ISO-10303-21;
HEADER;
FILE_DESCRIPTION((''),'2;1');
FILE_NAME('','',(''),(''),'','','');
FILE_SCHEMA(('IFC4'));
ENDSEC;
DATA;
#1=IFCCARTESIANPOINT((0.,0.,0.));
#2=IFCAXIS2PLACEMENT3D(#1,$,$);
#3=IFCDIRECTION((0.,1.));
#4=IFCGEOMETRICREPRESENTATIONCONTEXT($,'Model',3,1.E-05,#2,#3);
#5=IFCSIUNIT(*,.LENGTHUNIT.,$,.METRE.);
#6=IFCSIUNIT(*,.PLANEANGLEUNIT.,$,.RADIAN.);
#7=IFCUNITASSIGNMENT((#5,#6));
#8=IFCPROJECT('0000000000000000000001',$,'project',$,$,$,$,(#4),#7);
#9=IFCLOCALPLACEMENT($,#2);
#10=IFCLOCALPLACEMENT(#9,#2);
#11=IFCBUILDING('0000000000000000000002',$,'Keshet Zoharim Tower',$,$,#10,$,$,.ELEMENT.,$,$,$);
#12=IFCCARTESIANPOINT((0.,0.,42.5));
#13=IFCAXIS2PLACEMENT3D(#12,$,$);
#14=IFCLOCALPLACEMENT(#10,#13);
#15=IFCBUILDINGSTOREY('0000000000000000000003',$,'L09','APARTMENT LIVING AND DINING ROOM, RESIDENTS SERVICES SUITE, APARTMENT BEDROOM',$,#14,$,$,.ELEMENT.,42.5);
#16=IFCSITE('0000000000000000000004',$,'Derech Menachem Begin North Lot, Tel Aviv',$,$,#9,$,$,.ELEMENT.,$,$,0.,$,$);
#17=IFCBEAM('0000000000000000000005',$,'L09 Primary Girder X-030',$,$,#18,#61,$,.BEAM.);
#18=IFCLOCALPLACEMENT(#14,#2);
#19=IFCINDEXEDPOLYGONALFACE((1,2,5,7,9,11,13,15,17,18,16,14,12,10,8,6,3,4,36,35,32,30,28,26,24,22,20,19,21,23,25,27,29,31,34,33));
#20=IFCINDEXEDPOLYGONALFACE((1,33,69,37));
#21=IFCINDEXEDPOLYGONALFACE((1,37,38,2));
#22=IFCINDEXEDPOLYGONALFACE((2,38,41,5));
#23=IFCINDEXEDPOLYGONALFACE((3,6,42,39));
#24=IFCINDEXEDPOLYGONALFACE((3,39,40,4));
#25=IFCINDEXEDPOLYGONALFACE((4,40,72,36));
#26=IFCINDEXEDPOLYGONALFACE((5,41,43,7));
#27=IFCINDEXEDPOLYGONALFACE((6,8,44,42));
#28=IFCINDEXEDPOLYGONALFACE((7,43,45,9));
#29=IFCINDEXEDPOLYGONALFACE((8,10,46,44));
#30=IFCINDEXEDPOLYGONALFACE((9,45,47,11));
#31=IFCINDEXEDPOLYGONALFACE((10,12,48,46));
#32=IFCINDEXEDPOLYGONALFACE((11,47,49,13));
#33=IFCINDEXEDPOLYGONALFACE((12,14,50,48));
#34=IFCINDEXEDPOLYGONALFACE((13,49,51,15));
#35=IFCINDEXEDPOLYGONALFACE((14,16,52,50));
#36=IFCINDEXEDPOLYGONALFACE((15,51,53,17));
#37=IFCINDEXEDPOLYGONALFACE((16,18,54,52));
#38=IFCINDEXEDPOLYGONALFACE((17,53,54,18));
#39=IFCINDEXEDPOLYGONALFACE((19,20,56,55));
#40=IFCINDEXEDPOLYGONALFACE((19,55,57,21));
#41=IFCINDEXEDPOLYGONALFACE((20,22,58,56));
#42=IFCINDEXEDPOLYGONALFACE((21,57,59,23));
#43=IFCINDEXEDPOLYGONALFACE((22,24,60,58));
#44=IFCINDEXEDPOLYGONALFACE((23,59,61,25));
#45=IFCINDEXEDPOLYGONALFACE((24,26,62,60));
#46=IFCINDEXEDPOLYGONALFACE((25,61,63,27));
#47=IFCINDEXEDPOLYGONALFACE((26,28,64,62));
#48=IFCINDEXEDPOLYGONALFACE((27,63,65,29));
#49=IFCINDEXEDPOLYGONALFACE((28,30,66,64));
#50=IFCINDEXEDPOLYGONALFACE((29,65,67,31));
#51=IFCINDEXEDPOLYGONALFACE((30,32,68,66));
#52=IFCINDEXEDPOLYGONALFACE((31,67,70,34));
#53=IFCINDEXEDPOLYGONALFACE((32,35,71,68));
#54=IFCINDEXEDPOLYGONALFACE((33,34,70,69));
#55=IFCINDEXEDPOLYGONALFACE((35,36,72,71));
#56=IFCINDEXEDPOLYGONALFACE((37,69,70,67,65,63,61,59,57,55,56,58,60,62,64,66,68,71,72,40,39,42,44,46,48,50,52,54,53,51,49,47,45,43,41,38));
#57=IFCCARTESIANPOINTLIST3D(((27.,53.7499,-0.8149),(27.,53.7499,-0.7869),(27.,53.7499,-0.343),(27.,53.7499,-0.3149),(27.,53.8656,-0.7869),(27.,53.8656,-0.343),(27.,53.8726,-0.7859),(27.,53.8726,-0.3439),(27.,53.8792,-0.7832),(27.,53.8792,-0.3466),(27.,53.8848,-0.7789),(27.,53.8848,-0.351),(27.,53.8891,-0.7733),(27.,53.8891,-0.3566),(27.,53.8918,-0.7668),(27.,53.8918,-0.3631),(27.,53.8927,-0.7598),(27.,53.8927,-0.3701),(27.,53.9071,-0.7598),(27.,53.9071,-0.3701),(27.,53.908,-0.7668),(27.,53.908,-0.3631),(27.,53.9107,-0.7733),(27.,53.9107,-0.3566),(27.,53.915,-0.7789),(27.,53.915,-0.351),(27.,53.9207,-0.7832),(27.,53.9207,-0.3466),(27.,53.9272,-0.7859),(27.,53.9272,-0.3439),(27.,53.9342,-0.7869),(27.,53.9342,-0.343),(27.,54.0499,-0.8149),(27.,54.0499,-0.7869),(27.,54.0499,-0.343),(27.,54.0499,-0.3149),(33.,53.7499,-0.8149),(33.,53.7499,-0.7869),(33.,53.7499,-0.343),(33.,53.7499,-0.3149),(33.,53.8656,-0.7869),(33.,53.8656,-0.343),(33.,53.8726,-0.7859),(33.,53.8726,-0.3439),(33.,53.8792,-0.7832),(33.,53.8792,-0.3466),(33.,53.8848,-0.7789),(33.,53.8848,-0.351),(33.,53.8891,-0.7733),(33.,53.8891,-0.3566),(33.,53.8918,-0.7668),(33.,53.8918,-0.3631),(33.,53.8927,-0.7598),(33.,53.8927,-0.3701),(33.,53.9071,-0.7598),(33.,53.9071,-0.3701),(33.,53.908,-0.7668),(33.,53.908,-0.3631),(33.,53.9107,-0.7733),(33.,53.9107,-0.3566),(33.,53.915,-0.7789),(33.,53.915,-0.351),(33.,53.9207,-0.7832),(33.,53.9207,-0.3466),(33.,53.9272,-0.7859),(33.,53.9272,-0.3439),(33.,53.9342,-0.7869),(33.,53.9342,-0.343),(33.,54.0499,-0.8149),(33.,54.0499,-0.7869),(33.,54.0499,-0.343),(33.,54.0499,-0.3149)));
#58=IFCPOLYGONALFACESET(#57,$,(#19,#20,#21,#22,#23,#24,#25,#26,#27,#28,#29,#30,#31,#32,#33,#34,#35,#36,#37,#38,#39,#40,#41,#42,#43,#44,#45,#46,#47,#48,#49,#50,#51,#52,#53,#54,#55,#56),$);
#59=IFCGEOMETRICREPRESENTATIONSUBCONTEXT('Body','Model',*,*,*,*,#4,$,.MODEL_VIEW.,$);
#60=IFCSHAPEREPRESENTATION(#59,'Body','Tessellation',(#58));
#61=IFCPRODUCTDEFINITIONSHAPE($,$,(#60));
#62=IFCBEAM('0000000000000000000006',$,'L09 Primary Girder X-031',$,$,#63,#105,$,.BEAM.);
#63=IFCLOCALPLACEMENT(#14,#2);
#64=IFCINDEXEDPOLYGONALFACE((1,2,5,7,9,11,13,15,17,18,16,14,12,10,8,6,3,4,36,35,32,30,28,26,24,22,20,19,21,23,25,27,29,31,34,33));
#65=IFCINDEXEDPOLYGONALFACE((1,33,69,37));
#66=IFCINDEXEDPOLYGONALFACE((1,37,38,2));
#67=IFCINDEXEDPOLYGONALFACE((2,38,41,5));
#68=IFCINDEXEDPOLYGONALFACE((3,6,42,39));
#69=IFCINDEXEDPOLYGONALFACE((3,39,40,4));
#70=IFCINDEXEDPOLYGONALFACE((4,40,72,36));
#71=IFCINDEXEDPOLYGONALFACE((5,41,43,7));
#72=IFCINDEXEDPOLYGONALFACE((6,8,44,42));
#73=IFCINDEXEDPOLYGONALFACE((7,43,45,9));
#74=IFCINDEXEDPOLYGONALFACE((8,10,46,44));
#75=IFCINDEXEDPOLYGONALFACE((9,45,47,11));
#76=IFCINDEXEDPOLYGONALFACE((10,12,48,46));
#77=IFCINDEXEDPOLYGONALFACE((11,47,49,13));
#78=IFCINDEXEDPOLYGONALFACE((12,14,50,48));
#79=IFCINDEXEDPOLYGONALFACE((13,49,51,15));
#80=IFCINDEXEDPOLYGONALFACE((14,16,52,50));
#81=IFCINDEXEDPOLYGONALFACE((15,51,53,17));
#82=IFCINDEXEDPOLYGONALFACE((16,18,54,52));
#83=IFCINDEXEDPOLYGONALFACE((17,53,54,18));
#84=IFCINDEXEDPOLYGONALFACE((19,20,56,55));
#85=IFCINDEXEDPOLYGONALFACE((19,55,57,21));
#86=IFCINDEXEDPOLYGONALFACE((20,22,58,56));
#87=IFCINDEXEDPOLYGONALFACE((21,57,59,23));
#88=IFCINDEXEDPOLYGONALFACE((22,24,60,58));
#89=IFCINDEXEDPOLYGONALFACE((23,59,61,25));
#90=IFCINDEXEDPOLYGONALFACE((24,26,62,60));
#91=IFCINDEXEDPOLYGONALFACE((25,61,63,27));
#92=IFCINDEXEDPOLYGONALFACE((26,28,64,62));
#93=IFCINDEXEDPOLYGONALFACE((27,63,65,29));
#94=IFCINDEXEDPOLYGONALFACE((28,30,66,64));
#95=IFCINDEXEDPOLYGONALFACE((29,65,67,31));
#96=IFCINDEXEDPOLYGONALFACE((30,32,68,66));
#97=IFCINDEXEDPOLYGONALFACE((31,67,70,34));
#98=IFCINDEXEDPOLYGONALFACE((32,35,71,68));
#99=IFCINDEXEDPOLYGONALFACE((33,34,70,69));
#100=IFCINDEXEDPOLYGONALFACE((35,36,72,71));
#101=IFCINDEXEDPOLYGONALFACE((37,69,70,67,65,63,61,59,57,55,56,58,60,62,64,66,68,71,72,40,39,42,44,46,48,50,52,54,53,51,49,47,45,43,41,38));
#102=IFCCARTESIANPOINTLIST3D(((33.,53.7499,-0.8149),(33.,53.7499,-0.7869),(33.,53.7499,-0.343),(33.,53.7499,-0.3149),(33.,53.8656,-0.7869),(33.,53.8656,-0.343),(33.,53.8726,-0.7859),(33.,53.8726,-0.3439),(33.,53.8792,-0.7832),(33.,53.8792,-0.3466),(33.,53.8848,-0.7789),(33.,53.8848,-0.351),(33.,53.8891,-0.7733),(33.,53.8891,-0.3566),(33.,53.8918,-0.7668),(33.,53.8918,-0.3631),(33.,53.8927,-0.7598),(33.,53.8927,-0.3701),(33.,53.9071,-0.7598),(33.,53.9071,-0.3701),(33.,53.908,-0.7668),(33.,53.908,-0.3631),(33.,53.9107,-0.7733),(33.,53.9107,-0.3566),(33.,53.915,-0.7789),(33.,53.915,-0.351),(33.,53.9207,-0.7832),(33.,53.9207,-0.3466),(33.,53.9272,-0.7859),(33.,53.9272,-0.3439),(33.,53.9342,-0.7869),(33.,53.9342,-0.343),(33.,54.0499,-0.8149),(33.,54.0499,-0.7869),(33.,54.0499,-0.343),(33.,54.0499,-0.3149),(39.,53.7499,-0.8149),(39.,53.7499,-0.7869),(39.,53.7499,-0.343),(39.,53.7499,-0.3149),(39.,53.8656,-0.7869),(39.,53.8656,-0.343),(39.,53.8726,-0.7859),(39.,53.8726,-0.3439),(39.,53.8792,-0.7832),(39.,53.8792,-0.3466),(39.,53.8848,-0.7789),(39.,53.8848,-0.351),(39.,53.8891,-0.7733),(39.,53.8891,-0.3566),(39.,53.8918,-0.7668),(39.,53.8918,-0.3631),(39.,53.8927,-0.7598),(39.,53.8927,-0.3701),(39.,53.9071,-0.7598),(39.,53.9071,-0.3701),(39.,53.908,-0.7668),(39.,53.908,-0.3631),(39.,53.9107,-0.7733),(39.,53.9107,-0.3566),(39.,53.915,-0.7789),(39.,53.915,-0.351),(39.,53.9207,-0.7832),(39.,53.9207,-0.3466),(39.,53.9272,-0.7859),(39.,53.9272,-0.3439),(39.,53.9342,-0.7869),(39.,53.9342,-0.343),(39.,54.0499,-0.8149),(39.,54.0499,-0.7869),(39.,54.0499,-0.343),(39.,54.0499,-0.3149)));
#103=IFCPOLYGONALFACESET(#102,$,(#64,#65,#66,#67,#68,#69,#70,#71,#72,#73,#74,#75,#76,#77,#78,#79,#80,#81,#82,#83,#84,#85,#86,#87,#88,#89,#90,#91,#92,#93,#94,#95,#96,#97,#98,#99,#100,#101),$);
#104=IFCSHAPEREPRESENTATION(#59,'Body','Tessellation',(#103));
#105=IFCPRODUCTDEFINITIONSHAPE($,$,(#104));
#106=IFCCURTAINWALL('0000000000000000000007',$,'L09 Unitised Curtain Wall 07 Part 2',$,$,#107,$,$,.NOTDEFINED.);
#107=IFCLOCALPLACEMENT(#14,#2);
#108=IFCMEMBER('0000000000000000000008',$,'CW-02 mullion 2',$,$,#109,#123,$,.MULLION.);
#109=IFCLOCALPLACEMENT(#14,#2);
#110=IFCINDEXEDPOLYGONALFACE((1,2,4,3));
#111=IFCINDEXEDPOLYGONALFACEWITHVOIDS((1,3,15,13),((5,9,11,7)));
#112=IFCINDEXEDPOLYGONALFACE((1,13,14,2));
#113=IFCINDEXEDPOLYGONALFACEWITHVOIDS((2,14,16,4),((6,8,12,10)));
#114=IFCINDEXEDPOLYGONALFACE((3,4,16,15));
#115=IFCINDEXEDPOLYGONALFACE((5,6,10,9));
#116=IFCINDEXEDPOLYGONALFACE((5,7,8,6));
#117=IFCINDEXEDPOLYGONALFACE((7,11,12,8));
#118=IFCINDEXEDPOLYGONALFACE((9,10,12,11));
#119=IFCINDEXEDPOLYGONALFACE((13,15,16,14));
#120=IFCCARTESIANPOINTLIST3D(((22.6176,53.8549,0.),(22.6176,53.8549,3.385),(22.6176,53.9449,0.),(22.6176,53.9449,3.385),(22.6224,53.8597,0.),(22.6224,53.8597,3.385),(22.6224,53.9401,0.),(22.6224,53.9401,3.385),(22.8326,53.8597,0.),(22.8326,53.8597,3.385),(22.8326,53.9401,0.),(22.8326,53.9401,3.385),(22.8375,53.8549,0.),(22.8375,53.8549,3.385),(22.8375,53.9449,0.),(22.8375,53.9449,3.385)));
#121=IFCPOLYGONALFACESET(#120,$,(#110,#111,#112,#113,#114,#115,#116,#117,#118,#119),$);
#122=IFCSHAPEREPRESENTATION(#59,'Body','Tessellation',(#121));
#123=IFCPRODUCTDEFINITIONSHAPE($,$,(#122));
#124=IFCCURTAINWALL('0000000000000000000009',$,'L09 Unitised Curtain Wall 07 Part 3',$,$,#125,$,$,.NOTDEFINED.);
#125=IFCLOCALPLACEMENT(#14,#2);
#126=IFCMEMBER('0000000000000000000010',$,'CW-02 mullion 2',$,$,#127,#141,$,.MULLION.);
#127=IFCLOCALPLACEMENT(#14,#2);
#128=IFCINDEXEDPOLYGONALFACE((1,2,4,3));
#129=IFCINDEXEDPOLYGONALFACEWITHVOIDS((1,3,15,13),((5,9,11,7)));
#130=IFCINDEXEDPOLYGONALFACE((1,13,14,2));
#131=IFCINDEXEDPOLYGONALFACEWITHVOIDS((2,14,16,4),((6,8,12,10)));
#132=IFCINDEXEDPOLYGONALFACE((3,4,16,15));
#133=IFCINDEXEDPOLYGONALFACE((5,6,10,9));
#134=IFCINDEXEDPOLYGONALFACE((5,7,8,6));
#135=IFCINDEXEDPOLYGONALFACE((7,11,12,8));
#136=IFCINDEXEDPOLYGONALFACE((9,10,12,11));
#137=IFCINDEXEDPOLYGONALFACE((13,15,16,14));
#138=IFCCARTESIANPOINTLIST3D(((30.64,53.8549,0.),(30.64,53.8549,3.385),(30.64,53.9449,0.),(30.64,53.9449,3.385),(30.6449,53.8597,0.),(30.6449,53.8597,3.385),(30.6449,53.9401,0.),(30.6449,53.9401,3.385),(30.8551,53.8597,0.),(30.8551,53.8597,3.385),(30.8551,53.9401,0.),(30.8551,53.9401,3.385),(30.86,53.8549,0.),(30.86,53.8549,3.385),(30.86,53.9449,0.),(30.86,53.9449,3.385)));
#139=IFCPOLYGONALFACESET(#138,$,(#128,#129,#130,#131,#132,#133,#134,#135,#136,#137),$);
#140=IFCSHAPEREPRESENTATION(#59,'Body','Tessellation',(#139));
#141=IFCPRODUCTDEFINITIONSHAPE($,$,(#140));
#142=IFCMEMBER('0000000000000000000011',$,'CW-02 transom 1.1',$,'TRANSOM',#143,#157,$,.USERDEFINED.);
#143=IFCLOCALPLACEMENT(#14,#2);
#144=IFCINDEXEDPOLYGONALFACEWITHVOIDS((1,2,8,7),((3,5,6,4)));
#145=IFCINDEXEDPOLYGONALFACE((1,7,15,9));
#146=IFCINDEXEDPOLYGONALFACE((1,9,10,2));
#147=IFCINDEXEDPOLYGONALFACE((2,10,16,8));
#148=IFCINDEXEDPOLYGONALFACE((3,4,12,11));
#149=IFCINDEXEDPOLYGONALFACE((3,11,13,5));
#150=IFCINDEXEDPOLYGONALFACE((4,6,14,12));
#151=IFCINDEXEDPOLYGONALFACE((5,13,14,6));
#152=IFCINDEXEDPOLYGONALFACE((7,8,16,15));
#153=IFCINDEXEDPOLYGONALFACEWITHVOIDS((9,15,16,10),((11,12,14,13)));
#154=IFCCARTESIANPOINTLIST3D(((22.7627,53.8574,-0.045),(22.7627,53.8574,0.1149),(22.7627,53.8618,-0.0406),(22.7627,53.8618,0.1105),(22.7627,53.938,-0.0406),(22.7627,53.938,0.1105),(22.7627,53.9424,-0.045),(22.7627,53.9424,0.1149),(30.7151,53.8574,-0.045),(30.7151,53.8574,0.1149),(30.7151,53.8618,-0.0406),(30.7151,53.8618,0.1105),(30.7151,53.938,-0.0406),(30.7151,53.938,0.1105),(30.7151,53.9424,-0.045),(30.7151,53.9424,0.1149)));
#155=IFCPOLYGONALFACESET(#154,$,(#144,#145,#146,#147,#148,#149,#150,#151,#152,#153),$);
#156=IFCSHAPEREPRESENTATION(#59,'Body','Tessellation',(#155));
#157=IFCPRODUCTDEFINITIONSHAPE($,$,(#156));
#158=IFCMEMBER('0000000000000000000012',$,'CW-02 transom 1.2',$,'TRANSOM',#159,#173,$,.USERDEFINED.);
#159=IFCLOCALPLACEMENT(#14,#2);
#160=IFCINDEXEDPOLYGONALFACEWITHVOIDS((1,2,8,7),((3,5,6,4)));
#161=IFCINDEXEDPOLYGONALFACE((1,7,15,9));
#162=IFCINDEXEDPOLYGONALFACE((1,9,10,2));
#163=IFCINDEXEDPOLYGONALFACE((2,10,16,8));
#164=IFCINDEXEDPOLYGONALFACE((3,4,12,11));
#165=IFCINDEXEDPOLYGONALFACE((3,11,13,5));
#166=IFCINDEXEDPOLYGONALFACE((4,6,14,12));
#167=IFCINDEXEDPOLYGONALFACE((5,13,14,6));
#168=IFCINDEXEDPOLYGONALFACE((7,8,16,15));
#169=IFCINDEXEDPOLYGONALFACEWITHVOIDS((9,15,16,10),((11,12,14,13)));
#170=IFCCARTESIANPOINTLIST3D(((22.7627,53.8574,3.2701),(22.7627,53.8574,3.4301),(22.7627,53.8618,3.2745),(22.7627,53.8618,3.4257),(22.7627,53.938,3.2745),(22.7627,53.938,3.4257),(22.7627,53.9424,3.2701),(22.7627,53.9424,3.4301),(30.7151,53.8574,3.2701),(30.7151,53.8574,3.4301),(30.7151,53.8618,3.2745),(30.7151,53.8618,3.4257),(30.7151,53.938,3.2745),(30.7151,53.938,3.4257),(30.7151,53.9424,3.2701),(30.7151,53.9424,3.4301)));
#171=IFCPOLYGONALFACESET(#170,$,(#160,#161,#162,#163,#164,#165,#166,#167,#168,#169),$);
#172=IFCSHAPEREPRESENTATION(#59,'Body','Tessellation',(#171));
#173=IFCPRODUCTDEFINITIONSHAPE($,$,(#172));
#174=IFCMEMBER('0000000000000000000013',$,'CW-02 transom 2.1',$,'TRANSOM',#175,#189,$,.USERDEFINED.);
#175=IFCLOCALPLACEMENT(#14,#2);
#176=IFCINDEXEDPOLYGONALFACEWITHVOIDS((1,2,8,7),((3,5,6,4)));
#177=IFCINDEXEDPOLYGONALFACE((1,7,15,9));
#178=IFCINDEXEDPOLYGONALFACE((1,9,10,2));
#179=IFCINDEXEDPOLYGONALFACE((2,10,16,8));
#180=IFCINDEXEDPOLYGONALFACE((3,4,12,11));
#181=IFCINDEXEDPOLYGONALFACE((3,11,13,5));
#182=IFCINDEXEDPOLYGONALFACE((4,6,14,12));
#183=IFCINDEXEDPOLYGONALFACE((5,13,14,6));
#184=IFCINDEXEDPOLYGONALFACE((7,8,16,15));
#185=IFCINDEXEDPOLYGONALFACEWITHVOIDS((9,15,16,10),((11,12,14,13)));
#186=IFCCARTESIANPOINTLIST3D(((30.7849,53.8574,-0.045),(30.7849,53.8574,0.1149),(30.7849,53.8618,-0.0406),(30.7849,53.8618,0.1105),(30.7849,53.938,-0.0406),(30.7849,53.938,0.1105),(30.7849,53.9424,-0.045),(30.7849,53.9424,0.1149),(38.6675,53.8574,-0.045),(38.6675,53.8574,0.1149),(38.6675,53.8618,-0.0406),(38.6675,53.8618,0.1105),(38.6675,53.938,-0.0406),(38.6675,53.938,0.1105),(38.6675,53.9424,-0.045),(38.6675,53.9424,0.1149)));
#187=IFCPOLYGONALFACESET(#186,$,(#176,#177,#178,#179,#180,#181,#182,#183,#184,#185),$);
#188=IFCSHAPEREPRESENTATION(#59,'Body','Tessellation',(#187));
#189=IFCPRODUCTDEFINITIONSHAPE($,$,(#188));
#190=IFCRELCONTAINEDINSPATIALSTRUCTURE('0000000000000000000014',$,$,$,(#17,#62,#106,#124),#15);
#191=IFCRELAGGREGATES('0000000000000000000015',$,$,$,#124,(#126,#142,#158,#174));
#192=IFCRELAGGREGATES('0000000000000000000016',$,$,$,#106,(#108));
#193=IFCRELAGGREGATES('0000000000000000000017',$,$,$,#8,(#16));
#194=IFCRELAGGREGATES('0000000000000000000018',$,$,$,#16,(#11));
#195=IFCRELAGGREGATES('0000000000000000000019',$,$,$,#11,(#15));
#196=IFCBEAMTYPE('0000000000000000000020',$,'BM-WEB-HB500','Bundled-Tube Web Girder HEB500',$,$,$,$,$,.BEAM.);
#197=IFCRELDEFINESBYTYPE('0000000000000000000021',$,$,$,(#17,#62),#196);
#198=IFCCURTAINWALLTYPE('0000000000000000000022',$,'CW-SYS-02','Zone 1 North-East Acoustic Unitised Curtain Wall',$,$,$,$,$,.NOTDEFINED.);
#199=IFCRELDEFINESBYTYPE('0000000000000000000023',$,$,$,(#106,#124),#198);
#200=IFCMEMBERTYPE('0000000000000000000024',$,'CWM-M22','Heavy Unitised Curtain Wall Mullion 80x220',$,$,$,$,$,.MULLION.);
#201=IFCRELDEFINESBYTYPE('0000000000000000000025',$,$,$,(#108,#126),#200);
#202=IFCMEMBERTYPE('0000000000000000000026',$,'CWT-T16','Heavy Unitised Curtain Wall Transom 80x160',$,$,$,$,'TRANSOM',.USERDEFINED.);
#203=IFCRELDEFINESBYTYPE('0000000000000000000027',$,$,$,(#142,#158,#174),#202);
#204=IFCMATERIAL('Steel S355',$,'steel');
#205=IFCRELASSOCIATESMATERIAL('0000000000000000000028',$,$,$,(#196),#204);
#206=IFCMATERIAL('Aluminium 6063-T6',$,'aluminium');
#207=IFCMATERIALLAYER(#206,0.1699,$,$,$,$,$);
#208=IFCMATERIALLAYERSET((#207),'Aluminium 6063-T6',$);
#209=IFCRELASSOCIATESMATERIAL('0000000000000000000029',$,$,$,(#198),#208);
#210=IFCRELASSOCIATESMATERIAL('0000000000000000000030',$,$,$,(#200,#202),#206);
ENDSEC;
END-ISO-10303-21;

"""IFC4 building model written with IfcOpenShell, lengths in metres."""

from ifc_helpers import new_model, si_unit, direction, frame, origin, origin_2d, place, context, subcontext, project, spatial, hollow_rectangle, i_section, extrude, material, layer, layer_set, material_profile, profile_set, type_object, element, aggregate, save


model = new_model("IFC4")

# Units and contexts
model_context = context("Model", 3, precision=1e-05, world=origin(), true_north=direction((0.0, 1.0)))
body_context = subcontext(model_context, "Body", "Model", "MODEL_VIEW")
ifc_project = project(units=[si_unit("LENGTHUNIT", "METRE"), si_unit("PLANEANGLEUNIT", "RADIAN")], contexts=[model_context])

# Site, building, storey
site_placement = place(None, origin())
site = spatial("IfcSite", under=ifc_project, at=site_placement, Name="Derech Menachem Begin North Lot, Tel Aviv", CompositionType="ELEMENT", RefElevation=0.0)
building_placement = place(site_placement, origin())
building = spatial("IfcBuilding", under=site, at=building_placement, Name="Keshet Zoharim Tower", CompositionType="ELEMENT")
storey_placement = place(building_placement, frame((0.0, 0.0, 42.5)))
storey = spatial("IfcBuildingStorey", under=building, at=storey_placement, Name="L09", Description="APARTMENT LIVING AND DINING ROOM, RESIDENTS SERVICES SUITE, APARTMENT BEDROOM", CompositionType="ELEMENT", Elevation=42.5)

# Shared definitions
ifc_material_1 = material(Name="Steel S355", Category="steel")

# Beams
ifc_material_profile_1 = material_profile(ifc_material_1, i_section(OverallWidth=0.3, OverallDepth=0.5, WebThickness=0.0144, FlangeThickness=0.0281, FilletRadius=0.0271, at=origin_2d()), Name="HEB500")
ifc_profile_set_1 = profile_set([ifc_material_profile_1], Name="Steel S355")
beam_type = type_object("IfcBeamType", Name="BM-WEB-HB500", Description="Bundled-Tube Web Girder HEB500", PredefinedType="BEAM", material=ifc_profile_set_1)
for number, where, z_axis, x_axis, name in (
    (1, (27.0, 53.8999, -0.5649), (1.0, 0.0, 0.0), (0.0, 1.0, 0.0), "L09 Primary Girder X-030"),
    (2, (33.0, 53.8999, -0.5649), (1.0, 0.0, 0.0), (0.0, 1.0, 0.0), "L09 Primary Girder X-031"),
):
    element("IfcBeam", number, at=place(storey_placement, frame(where, z_axis=z_axis, x_axis=x_axis)), inside=storey, type_object=beam_type, Name=name, PredefinedType="BEAM", context=body_context, shape_type="SweptSolid", body=[
        extrude(i_section(OverallWidth=0.3, OverallDepth=0.5, WebThickness=0.0144, FlangeThickness=0.0281, FilletRadius=0.0271, at=origin_2d()), origin(), (0.0, 0.0, 1.0), 6.0),
    ])

# Curtain wall, member
ifc_material_2 = material(Name="Aluminium 6063-T6", Category="aluminium")
ifc_layer_1 = layer(ifc_material_2, 0.1699)
ifc_layer_set_1 = layer_set([ifc_layer_1], Name="Aluminium 6063-T6")
curtain_wall_type = type_object("IfcCurtainWallType", Name="CW-SYS-02", Description="Zone 1 North-East Acoustic Unitised Curtain Wall", PredefinedType="NOTDEFINED", material=ifc_layer_set_1)
curtain_wall_1_placement = place(storey_placement, origin())
curtain_wall_1 = element("IfcCurtainWall", 3, at=curtain_wall_1_placement, inside=storey, type_object=curtain_wall_type, Name="L09 Unitised Curtain Wall 07 Part 2", PredefinedType="NOTDEFINED")
ifc_material_profile_2 = material_profile(ifc_material_2, hollow_rectangle(XDim=0.0901, YDim=0.22, WallThickness=0.0049, at=origin_2d()), Name="MUL-90x220")
ifc_profile_set_2 = profile_set([ifc_material_profile_2], Name="Aluminium 6063-T6")
member_type_1 = type_object("IfcMemberType", Name="CWM-M22", Description="Heavy Unitised Curtain Wall Mullion 80x220", PredefinedType="MULLION", material=ifc_profile_set_2)
member_1_placement = place(storey_placement, frame((22.7275, 53.8999, 0.0), z_axis=(0.0, 0.0, 1.0), x_axis=(0.0, 1.0, 0.0)))
member_1 = element("IfcMember", 4, at=member_1_placement, type_object=member_type_1, Name="CW-02 mullion 2", PredefinedType="MULLION", context=body_context, shape_type="SweptSolid", body=[
    extrude(hollow_rectangle(XDim=0.0901, YDim=0.22, WallThickness=0.0049, at=origin_2d()), origin(), (0.0, 0.0, 1.0), 3.385),
])

# Curtain wall, members
curtain_wall_2_placement = place(storey_placement, origin())
curtain_wall_2 = element("IfcCurtainWall", 5, at=curtain_wall_2_placement, inside=storey, type_object=curtain_wall_type, Name="L09 Unitised Curtain Wall 07 Part 3", PredefinedType="NOTDEFINED")
member_2_placement = place(storey_placement, frame((30.75, 53.8999, 0.0), z_axis=(0.0, 0.0, 1.0), x_axis=(0.0, 1.0, 0.0)))
member_2 = element("IfcMember", 6, at=member_2_placement, type_object=member_type_1, Name="CW-02 mullion 2", PredefinedType="MULLION", context=body_context, shape_type="SweptSolid", body=[
    extrude(hollow_rectangle(XDim=0.0901, YDim=0.22, WallThickness=0.0049, at=origin_2d()), origin(), (0.0, 0.0, 1.0), 3.385),
])
ifc_material_profile_3 = material_profile(ifc_material_2, hollow_rectangle(XDim=0.085, YDim=0.1599, WallThickness=0.0044, at=origin_2d()), Name="TRN-85x160")
ifc_profile_set_3 = profile_set([ifc_material_profile_3], Name="Aluminium 6063-T6")
member_type_2 = type_object("IfcMemberType", Name="CWT-T16", Description="Heavy Unitised Curtain Wall Transom 80x160", ElementType="TRANSOM", PredefinedType="USERDEFINED", material=ifc_profile_set_3)
member_3_placement = place(storey_placement, frame((22.7627, 53.8999, 0.0349), z_axis=(1.0, 0.0, 0.0), x_axis=(0.0, 1.0, 0.0)))
member_3 = element("IfcMember", 7, at=member_3_placement, type_object=member_type_2, Name="CW-02 transom 1.1", ObjectType="TRANSOM", PredefinedType="USERDEFINED", context=body_context, shape_type="SweptSolid", body=[
    extrude(hollow_rectangle(XDim=0.085, YDim=0.1599, WallThickness=0.0044, at=origin_2d()), origin(), (0.0, 0.0, 1.0), 7.9524),
])
member_4_placement = place(storey_placement, frame((22.7627, 53.8999, 3.3501), z_axis=(1.0, 0.0, 0.0), x_axis=(0.0, 1.0, 0.0)))
member_4 = element("IfcMember", 8, at=member_4_placement, type_object=member_type_2, Name="CW-02 transom 1.2", ObjectType="TRANSOM", PredefinedType="USERDEFINED", context=body_context, shape_type="SweptSolid", body=[
    extrude(hollow_rectangle(XDim=0.085, YDim=0.1599, WallThickness=0.0044, at=origin_2d()), origin(), (0.0, 0.0, 1.0), 7.9524),
])
member_5_placement = place(storey_placement, frame((30.7849, 53.8999, 0.0349), z_axis=(1.0, 0.0, 0.0), x_axis=(0.0, 1.0, 0.0)))
member_5 = element("IfcMember", 9, at=member_5_placement, type_object=member_type_2, Name="CW-02 transom 2.1", ObjectType="TRANSOM", PredefinedType="USERDEFINED", context=body_context, shape_type="SweptSolid", body=[
    extrude(hollow_rectangle(XDim=0.085, YDim=0.1599, WallThickness=0.0044, at=origin_2d()), origin(), (0.0, 0.0, 1.0), 7.8826),
])

aggregate(curtain_wall_2, [member_2, member_3, member_4, member_5])
aggregate(curtain_wall_1, [member_1])

save(model, "model.ifc")
